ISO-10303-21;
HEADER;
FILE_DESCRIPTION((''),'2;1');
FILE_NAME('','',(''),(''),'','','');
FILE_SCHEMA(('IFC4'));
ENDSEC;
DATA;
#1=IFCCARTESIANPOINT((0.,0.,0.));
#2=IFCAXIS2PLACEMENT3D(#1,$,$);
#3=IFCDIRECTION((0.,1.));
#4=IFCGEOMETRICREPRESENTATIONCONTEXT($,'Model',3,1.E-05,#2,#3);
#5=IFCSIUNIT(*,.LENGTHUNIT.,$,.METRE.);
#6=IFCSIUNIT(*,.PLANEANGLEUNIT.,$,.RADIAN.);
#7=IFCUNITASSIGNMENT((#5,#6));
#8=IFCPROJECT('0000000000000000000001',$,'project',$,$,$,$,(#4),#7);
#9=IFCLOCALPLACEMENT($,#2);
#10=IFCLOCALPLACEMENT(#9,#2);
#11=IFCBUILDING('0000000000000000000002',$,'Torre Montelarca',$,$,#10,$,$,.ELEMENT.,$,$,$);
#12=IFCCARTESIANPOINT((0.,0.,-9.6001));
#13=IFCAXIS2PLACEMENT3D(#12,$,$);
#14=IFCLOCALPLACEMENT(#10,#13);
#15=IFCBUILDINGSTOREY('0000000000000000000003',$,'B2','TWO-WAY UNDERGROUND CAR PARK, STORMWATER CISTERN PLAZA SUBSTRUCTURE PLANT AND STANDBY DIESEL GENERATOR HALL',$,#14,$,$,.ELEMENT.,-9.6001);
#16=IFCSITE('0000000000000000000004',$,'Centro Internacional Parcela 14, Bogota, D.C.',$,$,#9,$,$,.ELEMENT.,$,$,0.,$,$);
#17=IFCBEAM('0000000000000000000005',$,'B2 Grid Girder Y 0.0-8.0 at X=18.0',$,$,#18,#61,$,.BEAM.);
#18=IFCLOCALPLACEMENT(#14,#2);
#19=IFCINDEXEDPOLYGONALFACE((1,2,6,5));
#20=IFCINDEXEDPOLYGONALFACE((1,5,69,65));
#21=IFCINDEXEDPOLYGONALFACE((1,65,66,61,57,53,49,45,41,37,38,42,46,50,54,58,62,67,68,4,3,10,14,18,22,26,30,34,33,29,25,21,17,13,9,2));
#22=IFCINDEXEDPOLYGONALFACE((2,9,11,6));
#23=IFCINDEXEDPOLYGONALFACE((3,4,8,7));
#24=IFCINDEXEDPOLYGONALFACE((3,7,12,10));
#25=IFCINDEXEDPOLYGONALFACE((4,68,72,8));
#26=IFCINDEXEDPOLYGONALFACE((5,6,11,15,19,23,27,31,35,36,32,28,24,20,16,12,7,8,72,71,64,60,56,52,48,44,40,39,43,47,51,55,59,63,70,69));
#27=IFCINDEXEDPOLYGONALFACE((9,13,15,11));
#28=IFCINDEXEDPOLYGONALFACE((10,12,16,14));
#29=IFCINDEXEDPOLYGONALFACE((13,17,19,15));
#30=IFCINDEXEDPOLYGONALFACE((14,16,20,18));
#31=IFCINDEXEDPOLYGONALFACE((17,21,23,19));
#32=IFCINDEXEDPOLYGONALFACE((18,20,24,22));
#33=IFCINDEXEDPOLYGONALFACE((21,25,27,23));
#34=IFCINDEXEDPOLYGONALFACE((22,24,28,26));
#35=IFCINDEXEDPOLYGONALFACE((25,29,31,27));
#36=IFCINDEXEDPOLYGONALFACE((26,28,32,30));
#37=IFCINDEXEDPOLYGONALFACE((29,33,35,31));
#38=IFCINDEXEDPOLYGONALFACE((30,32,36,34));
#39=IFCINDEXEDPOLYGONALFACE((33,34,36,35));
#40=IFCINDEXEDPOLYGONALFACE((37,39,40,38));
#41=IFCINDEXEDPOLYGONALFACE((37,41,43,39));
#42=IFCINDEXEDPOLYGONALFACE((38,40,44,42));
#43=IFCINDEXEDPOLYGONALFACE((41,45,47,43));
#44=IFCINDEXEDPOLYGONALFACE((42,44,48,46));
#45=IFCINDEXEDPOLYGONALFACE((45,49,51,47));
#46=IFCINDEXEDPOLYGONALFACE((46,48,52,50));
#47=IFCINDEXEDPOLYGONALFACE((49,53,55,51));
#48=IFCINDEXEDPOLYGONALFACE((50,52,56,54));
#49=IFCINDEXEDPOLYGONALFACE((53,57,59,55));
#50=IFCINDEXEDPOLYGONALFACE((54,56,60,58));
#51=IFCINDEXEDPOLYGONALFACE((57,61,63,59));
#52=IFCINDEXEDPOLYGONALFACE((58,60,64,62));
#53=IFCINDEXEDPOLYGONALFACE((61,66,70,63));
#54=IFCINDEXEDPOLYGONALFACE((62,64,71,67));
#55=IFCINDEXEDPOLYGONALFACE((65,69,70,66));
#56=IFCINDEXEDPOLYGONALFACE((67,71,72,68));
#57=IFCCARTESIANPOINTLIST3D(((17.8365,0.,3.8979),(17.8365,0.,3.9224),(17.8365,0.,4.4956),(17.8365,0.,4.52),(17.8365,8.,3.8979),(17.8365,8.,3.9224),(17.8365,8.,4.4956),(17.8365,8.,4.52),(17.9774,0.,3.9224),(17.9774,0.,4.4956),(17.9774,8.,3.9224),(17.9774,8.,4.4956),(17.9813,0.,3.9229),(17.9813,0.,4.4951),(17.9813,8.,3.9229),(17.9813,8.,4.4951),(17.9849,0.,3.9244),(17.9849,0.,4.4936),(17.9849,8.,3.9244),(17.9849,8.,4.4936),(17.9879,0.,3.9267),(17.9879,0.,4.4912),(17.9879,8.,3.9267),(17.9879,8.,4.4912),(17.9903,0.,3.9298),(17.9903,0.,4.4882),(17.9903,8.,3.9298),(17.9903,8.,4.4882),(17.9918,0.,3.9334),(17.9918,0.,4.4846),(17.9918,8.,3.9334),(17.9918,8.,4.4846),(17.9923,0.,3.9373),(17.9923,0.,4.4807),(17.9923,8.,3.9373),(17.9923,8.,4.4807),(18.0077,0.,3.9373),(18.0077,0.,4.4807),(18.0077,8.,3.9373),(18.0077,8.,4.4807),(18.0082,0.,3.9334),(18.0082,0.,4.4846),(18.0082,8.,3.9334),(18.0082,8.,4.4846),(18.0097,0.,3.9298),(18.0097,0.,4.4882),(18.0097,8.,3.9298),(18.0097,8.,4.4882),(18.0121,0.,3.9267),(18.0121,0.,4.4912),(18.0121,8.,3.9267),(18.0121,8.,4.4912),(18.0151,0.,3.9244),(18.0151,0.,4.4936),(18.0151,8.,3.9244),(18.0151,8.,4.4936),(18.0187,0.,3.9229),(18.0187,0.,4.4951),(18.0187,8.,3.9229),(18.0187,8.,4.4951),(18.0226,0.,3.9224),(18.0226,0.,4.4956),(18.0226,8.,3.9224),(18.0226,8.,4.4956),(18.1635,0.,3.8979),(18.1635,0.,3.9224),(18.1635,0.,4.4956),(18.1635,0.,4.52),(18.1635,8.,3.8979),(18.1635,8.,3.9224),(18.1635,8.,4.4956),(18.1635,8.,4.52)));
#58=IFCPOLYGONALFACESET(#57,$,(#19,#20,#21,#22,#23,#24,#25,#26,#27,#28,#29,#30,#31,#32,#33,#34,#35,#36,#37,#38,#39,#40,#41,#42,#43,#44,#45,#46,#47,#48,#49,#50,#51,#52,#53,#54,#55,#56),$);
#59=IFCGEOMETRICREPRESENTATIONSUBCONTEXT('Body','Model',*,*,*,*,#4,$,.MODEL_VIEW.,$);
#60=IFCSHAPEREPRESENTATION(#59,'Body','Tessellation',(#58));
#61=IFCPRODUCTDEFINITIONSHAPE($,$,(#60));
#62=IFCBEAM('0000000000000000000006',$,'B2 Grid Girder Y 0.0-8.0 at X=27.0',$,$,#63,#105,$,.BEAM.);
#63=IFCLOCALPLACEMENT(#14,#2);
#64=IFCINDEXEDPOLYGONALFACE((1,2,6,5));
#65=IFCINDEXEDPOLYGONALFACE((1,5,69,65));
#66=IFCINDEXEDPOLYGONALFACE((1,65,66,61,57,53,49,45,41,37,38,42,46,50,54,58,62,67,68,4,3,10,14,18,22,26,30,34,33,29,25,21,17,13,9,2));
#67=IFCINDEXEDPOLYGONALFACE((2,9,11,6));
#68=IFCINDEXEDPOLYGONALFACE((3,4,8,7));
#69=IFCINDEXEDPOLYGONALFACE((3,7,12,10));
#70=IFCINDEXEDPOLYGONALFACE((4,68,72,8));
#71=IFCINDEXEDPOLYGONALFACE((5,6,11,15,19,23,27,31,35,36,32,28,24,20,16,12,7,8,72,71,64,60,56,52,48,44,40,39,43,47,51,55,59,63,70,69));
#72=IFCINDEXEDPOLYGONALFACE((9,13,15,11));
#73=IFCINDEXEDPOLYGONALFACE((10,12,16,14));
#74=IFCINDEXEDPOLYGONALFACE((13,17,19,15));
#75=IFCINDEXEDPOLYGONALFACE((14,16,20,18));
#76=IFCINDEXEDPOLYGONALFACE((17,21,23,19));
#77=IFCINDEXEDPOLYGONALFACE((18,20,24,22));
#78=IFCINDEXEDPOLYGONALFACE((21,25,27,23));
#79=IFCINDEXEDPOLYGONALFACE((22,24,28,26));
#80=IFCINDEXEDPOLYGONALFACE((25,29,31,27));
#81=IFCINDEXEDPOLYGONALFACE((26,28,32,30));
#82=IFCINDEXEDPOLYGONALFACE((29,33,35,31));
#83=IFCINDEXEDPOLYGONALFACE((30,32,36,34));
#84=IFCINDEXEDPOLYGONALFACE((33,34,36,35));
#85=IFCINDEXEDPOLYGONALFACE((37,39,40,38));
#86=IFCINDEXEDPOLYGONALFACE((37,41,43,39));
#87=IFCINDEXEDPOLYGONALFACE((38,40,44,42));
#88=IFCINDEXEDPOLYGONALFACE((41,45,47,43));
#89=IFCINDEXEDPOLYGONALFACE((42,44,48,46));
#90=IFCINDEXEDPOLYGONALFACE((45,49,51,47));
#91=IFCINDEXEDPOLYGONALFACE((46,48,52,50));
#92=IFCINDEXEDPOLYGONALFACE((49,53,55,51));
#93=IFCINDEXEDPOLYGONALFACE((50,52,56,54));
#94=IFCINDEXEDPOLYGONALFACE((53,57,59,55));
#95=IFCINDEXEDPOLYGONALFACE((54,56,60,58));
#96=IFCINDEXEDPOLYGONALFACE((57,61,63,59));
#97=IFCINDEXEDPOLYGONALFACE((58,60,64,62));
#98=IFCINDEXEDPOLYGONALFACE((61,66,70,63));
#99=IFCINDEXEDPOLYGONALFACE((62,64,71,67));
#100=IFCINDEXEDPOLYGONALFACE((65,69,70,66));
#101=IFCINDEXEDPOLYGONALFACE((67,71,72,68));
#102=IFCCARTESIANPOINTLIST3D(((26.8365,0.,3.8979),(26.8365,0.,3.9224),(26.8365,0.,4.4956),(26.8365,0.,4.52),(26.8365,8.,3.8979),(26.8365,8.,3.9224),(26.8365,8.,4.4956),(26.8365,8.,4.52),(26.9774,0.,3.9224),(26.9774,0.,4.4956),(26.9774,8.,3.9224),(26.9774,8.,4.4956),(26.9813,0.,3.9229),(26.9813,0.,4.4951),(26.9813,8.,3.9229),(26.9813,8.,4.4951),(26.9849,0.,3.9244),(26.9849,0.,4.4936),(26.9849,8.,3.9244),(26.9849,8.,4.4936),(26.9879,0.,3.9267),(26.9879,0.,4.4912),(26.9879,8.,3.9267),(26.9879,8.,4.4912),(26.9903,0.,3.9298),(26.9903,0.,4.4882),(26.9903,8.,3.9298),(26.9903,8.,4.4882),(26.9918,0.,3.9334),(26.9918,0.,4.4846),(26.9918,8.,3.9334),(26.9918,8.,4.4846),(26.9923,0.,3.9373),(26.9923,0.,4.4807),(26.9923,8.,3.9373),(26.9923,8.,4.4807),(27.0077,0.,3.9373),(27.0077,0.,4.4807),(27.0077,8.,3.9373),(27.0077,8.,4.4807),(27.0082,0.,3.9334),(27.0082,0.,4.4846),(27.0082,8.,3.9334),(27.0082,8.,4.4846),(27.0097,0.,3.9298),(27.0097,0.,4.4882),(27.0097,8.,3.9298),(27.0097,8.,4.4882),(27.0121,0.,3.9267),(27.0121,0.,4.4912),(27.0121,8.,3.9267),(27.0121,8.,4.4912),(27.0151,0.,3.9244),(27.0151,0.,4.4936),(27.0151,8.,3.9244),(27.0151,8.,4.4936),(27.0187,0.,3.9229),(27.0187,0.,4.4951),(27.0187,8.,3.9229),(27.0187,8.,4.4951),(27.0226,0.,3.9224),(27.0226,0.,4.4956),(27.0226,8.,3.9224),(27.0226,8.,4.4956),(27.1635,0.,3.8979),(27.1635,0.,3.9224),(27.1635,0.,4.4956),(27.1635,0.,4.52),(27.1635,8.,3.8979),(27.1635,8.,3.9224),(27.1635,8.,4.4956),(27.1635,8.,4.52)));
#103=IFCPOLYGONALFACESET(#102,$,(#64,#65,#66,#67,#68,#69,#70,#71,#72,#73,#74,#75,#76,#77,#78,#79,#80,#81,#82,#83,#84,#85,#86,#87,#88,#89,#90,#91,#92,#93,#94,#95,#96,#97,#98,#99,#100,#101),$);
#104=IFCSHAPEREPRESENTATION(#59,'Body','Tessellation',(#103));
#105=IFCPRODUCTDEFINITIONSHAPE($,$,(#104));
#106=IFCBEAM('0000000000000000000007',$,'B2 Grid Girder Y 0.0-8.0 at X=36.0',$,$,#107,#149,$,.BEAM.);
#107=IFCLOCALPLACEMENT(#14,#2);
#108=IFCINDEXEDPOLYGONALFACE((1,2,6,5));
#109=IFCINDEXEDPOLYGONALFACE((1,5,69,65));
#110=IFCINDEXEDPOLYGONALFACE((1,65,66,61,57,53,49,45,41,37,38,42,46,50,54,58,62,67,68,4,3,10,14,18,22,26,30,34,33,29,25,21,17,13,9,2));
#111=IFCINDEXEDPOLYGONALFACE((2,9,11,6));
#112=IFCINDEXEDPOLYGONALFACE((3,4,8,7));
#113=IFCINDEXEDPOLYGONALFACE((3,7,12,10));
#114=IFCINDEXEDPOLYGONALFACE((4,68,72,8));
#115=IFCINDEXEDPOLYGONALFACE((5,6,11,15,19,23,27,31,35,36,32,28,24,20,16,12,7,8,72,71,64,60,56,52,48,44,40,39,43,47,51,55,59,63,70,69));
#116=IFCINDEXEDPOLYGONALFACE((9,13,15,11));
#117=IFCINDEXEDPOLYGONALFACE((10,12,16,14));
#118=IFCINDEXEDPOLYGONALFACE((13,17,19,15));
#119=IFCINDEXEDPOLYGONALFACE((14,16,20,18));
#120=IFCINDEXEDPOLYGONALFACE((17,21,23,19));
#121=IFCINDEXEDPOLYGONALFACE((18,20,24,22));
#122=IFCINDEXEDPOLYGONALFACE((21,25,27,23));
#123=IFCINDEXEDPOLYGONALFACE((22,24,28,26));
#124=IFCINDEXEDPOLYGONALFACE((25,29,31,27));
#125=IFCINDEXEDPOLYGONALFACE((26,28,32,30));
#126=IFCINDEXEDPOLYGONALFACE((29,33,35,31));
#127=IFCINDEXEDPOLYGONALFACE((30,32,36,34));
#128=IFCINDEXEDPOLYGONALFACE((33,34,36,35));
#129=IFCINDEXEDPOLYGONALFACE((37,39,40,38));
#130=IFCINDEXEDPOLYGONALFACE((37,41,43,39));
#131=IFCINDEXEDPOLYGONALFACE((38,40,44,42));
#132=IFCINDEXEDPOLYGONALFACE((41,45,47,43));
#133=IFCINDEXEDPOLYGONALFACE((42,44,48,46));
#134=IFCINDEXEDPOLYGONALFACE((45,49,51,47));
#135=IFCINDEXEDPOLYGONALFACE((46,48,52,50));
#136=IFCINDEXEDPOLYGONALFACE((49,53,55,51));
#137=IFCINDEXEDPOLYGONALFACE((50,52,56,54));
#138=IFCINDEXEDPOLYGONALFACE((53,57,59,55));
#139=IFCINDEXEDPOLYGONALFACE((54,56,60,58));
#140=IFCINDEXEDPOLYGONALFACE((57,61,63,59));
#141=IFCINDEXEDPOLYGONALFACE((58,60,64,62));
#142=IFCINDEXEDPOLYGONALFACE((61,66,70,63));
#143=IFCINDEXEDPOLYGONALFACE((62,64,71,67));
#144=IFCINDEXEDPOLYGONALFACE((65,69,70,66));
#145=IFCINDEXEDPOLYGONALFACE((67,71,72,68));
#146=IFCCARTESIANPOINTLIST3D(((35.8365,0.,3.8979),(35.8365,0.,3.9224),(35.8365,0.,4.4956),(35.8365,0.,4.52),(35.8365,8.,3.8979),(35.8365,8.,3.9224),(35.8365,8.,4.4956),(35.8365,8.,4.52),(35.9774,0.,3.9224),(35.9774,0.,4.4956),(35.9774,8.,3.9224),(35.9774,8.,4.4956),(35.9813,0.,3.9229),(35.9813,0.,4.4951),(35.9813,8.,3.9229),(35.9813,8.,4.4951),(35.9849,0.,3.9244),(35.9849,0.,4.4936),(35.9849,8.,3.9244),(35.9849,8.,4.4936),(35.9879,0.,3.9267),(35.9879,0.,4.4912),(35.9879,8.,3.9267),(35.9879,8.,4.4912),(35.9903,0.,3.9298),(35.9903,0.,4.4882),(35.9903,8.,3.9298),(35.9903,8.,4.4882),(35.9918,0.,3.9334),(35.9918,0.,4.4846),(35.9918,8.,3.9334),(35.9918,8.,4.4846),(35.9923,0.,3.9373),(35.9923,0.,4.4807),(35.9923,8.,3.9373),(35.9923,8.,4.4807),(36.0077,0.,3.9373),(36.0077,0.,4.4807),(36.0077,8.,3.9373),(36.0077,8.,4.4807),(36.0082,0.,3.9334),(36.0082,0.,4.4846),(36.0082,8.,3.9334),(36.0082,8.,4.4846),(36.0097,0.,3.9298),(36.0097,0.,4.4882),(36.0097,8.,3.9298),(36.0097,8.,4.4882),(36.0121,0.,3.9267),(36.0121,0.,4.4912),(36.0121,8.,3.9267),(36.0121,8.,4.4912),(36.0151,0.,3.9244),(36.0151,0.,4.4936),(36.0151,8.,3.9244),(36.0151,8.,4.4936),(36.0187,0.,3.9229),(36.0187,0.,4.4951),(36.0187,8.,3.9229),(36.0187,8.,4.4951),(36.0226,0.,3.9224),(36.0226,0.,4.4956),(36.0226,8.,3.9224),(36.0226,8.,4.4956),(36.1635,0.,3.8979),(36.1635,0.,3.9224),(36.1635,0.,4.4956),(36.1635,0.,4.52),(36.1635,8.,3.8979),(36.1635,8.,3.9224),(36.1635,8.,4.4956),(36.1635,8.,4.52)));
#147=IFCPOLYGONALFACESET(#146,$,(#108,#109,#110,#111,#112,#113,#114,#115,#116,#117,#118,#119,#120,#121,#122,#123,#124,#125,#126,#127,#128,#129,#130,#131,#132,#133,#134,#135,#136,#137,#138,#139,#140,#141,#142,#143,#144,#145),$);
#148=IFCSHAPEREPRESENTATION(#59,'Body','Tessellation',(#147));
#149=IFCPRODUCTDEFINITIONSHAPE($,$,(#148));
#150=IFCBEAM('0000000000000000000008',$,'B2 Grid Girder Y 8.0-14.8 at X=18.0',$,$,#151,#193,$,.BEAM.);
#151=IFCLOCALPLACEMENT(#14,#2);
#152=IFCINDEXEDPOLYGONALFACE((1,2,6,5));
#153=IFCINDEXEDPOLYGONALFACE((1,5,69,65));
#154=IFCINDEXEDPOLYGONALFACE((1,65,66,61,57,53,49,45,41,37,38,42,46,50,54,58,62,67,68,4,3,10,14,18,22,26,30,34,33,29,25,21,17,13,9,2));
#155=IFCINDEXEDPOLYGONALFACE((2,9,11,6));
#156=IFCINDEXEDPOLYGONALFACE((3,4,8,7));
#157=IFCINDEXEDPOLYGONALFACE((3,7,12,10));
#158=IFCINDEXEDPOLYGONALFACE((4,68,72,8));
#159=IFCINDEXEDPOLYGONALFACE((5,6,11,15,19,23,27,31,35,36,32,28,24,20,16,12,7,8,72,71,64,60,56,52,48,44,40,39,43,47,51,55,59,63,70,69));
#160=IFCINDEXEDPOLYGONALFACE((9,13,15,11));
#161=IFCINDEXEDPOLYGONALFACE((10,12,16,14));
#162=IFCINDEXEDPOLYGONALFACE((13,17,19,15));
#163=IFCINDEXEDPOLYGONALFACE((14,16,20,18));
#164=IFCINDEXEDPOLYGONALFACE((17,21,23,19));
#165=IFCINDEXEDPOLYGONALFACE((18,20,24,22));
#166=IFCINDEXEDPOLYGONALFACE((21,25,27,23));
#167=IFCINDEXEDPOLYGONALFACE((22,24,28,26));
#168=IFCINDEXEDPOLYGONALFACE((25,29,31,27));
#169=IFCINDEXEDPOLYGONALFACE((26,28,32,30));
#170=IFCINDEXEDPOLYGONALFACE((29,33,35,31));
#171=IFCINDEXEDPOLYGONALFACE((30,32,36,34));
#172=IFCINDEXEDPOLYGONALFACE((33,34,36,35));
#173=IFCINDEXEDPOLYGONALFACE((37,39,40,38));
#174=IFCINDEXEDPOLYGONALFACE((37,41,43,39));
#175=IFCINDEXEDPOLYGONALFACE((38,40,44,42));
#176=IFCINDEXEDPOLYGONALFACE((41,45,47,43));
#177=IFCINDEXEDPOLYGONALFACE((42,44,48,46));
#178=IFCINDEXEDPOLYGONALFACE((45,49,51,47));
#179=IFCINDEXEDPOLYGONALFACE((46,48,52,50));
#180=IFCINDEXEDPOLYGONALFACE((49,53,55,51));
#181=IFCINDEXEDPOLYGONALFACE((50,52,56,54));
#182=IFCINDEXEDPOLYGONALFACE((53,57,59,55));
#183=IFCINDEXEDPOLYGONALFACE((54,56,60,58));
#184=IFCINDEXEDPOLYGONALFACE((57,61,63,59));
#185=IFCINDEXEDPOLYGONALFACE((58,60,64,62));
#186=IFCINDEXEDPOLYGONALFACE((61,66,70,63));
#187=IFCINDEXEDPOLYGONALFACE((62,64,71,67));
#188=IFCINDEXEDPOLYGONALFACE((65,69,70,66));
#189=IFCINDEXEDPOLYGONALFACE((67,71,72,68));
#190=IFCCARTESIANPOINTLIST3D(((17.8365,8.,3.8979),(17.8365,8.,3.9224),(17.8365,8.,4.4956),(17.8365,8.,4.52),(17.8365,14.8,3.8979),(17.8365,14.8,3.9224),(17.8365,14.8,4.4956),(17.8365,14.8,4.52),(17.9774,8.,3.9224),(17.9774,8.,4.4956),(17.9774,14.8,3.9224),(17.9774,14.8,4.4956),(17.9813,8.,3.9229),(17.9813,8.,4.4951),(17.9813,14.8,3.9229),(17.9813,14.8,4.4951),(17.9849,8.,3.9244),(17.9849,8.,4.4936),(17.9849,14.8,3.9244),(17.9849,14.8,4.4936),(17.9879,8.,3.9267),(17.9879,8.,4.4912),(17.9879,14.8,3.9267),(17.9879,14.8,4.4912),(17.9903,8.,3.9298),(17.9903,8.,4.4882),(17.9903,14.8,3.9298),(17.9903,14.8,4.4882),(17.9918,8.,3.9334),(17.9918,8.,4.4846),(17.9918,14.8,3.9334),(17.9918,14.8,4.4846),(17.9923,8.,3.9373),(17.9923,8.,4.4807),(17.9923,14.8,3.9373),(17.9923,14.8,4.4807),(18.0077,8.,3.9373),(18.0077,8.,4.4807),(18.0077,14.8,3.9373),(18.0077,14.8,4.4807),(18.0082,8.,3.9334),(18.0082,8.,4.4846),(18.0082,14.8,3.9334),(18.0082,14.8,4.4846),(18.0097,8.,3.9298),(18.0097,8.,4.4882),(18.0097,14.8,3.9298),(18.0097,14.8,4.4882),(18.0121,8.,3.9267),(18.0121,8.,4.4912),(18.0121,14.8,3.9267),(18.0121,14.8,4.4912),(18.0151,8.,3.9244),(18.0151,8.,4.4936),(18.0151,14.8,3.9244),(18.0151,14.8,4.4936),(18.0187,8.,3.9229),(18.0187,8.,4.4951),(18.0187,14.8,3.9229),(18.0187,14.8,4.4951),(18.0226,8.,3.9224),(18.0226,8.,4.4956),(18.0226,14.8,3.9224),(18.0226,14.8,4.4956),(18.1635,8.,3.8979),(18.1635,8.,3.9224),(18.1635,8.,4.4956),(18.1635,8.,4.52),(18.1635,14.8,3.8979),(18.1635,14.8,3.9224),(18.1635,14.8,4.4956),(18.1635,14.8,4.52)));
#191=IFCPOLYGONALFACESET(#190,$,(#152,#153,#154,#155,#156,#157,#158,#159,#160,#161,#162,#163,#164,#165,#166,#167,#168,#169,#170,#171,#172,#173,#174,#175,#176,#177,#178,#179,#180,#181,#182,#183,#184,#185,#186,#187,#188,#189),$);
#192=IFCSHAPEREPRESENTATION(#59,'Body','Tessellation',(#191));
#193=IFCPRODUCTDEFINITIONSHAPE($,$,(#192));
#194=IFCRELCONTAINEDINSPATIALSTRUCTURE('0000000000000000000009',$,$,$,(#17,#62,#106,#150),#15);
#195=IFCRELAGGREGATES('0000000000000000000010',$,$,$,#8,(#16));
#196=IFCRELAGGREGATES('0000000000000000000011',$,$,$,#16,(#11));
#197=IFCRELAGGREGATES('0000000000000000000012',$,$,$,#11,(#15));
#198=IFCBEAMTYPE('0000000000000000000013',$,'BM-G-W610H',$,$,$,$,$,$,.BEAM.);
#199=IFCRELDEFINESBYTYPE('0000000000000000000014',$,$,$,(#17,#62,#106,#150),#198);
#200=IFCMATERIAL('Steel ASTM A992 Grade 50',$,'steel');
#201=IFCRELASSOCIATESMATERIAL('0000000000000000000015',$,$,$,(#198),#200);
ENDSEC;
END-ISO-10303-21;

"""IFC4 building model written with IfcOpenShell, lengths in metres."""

from ifc_helpers import new_model, si_unit, direction, frame, origin, origin_2d, place, context, subcontext, project, spatial, i_section, extrude, source, transform, mapped, material, material_profile, profile_set, type_object, element, save


model = new_model("IFC4")

# Units and contexts
model_context = context("Model", 3, precision=1e-05, world=origin(), true_north=direction((0.0, 1.0)))
body_context = subcontext(model_context, "Body", "Model", "MODEL_VIEW")
ifc_project = project(units=[si_unit("LENGTHUNIT", "METRE"), si_unit("PLANEANGLEUNIT", "RADIAN")], contexts=[model_context])

# Site, building, storey
site_placement = place(None, origin())
site = spatial("IfcSite", under=ifc_project, at=site_placement, Name="Centro Internacional Parcela 14, Bogota, D.C.", CompositionType="ELEMENT", RefElevation=0.0)
building_placement = place(site_placement, origin())
building = spatial("IfcBuilding", under=site, at=building_placement, Name="Torre Montelarca", CompositionType="ELEMENT")
storey_placement = place(building_placement, frame((0.0, 0.0, -9.6001)))
storey = spatial("IfcBuildingStorey", under=building, at=storey_placement, Name="B2", Description="TWO-WAY UNDERGROUND CAR PARK, STORMWATER CISTERN PLAZA SUBSTRUCTURE PLANT AND STANDBY DIESEL GENERATOR HALL", CompositionType="ELEMENT", Elevation=-9.6001)

# Beams
ifc_material_1 = material(Name="Steel ASTM A992 Grade 50", Category="steel")
ifc_material_profile_1 = material_profile(ifc_material_1, i_section(OverallWidth=0.3269, OverallDepth=0.6221, WebThickness=0.0154, FlangeThickness=0.0244, FilletRadius=0.0149, at=origin_2d()), Name="W610X195", Category="steel")
ifc_profile_set_1 = profile_set([ifc_material_profile_1], Name="Steel ASTM A992 Grade 50")
beam_type_1 = type_object("IfcBeamType", Name="BM-G-W610H", PredefinedType="BEAM", material=ifc_profile_set_1)
shared_shape_1 = source(origin(), body_context, "Body", "SweptSolid", [
    extrude(i_section(OverallWidth=0.3269, OverallDepth=0.6221, WebThickness=0.0154, FlangeThickness=0.0244, FilletRadius=0.0149, at=origin_2d()), origin(), (0.0, 0.0, 1.0), 8.0),
])
for number, where, z_axis, x_axis, name in (
    (1, (18.0, 0.0, 4.209), (0.0, 1.0, 0.0), (-1.0, 0.0, 0.0), "B2 Grid Girder Y 0.0-8.0 at X=18.0"),
    (2, (27.0, 0.0, 4.209), (0.0, 1.0, 0.0), (-1.0, 0.0, 0.0), "B2 Grid Girder Y 0.0-8.0 at X=27.0"),
    (3, (36.0, 0.0, 4.209), (0.0, 1.0, 0.0), (-1.0, 0.0, 0.0), "B2 Grid Girder Y 0.0-8.0 at X=36.0"),
):
    element("IfcBeam", number, at=place(storey_placement, frame(where, z_axis=z_axis, x_axis=x_axis)), inside=storey, type_object=beam_type_1, Name=name, PredefinedType="BEAM", context=body_context, shape_type="MappedRepresentation", body=[
        mapped(shared_shape_1, transform((0.0, 0.0, 0.0), scale=1.0)),
    ])
shared_shape_2 = source(origin(), body_context, "Body", "SweptSolid", [
    extrude(i_section(OverallWidth=0.3269, OverallDepth=0.6221, WebThickness=0.0154, FlangeThickness=0.0244, FilletRadius=0.0149, at=origin_2d()), origin(), (0.0, 0.0, 1.0), 6.8),
])
for number, where, z_axis, x_axis, name in (
    (4, (18.0, 8.0, 4.209), (0.0, 1.0, 0.0), (-1.0, 0.0, 0.0), "B2 Grid Girder Y 8.0-14.8 at X=18.0"),
):
    element("IfcBeam", number, at=place(storey_placement, frame(where, z_axis=z_axis, x_axis=x_axis)), inside=storey, type_object=beam_type_1, Name=name, PredefinedType="BEAM", context=body_context, shape_type="MappedRepresentation", body=[
        mapped(shared_shape_2, transform((0.0, 0.0, 0.0), scale=1.0)),
    ])

save(model, "model.ifc")
